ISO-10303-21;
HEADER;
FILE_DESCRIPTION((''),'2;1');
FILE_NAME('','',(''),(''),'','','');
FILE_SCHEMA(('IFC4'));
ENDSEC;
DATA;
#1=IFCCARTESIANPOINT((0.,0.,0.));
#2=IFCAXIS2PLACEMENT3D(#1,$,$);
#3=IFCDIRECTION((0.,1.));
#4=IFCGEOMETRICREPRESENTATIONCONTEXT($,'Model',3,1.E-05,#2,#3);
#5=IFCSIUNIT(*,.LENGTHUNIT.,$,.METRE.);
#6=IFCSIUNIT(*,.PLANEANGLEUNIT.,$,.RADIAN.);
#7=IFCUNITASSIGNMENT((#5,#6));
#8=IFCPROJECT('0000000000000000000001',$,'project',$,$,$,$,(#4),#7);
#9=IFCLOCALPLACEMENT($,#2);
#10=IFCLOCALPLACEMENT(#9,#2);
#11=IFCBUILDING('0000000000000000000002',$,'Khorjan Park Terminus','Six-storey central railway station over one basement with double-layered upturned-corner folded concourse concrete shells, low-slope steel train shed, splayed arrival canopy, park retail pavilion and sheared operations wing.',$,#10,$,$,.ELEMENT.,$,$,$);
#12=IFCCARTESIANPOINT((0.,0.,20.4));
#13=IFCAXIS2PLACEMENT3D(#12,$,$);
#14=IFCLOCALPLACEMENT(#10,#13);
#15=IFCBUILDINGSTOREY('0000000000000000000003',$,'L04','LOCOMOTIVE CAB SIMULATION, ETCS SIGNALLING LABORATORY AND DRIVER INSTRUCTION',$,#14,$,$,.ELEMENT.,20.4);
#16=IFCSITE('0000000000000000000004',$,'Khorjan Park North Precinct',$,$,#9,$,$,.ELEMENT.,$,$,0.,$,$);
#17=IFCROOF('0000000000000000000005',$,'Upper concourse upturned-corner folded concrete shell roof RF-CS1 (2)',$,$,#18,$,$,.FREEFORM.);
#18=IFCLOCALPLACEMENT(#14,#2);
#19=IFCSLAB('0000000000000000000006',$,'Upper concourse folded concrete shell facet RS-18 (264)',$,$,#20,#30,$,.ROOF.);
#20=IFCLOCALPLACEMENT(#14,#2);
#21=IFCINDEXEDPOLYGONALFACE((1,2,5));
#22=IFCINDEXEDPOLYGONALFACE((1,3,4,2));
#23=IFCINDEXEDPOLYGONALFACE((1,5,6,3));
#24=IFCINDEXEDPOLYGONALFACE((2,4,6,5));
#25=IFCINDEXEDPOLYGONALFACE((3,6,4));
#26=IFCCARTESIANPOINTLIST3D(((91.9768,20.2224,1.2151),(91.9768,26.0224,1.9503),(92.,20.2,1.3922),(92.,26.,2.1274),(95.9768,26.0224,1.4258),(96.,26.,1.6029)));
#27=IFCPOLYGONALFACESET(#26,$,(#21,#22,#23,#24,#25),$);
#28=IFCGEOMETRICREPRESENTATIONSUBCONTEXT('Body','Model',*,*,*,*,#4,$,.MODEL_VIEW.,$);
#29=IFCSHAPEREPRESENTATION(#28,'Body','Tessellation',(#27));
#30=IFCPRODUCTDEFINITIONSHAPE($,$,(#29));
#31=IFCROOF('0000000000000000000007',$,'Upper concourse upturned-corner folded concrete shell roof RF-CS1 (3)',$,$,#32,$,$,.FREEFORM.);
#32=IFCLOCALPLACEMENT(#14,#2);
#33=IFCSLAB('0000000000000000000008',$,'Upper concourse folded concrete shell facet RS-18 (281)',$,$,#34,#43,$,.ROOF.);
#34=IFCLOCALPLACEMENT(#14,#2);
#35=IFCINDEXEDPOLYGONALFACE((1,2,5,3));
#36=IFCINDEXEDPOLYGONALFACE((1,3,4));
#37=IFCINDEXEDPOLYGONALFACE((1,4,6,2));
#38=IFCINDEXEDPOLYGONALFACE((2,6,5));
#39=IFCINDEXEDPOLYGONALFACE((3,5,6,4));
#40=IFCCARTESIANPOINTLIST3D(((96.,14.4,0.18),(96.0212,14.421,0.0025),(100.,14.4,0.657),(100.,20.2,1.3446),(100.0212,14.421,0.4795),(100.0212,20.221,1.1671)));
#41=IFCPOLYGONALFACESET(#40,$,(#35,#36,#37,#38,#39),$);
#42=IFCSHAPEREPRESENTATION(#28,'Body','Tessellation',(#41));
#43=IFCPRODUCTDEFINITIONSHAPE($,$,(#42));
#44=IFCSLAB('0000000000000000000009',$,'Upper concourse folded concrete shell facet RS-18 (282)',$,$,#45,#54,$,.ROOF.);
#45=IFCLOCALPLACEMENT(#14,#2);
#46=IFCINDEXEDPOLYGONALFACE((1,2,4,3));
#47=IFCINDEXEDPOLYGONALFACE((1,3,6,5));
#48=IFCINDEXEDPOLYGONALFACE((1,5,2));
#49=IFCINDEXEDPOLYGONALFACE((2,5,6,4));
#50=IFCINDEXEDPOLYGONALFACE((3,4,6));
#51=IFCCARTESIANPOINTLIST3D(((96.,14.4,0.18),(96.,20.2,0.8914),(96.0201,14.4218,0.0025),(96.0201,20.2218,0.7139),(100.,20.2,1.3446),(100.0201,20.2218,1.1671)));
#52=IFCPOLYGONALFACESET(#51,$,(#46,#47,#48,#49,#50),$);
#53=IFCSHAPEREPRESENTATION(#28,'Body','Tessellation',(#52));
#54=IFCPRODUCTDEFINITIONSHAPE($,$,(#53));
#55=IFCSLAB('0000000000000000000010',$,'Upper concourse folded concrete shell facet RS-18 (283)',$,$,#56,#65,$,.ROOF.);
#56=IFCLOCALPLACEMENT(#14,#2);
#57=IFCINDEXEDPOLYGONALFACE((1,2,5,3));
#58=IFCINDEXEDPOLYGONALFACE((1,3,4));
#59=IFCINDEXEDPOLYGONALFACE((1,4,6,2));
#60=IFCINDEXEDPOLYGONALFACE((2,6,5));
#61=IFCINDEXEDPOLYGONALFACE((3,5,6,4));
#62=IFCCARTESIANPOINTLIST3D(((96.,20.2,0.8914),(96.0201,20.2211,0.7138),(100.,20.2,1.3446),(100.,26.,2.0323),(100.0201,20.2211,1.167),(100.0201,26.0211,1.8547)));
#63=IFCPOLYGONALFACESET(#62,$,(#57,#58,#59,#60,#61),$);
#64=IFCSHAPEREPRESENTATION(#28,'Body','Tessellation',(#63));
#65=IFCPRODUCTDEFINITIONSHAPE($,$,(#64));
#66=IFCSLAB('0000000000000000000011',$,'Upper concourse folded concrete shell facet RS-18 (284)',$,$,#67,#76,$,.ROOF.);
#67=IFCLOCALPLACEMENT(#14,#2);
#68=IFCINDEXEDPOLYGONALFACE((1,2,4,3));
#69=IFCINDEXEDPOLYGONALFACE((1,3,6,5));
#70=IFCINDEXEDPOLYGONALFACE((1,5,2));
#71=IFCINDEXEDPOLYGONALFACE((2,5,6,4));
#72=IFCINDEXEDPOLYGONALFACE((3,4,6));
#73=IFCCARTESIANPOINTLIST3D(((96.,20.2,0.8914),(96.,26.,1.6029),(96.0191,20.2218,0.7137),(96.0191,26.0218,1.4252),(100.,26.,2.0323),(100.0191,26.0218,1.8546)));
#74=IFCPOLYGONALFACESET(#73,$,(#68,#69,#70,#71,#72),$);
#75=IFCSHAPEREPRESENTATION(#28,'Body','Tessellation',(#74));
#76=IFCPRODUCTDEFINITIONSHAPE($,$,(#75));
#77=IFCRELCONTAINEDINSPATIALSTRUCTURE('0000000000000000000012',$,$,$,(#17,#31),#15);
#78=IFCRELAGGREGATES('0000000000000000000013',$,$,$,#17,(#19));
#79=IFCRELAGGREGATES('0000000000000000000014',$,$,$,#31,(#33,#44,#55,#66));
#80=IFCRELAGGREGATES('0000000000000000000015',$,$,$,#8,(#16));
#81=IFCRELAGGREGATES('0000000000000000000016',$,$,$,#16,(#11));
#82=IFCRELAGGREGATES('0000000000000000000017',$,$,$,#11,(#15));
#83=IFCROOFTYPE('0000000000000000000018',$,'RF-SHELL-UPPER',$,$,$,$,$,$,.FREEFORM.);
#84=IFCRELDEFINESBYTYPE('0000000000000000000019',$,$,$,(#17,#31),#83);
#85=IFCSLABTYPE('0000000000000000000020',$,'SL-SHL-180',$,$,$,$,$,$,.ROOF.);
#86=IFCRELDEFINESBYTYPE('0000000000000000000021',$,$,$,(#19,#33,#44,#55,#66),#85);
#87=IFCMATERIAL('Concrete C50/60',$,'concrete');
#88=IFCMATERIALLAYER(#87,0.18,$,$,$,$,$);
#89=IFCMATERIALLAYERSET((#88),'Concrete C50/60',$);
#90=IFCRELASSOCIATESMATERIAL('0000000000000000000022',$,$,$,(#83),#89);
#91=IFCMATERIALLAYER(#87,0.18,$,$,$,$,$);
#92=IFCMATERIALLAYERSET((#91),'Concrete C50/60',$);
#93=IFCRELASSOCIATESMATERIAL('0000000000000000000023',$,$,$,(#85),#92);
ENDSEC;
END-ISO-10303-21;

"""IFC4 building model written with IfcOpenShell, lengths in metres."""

from ifc_helpers import new_model, si_unit, direction, frame, origin, place, context, subcontext, project, spatial, polyline, outline, extrude, material, layer, layer_set, type_object, element, aggregate, save


model = new_model("IFC4")

# Units and contexts
model_context = context("Model", 3, precision=1e-05, world=origin(), true_north=direction((0.0, 1.0)))
body_context = subcontext(model_context, "Body", "Model", "MODEL_VIEW")
ifc_project = project(units=[si_unit("LENGTHUNIT", "METRE"), si_unit("PLANEANGLEUNIT", "RADIAN")], contexts=[model_context])

# Site, building, storey
site_placement = place(None, origin())
site = spatial("IfcSite", under=ifc_project, at=site_placement, Name="Khorjan Park North Precinct", CompositionType="ELEMENT", RefElevation=0.0)
building_placement = place(site_placement, origin())
building = spatial("IfcBuilding", under=site, at=building_placement, Name="Khorjan Park Terminus", Description="Six-storey central railway station over one basement with double-layered upturned-corner folded concourse concrete shells, low-slope steel train shed, splayed arrival canopy, park retail pavilion and sheared operations wing.", CompositionType="ELEMENT")
storey_placement = place(building_placement, frame((0.0, 0.0, 20.4)))
storey = spatial("IfcBuildingStorey", under=building, at=storey_placement, Name="L04", Description="LOCOMOTIVE CAB SIMULATION, ETCS SIGNALLING LABORATORY AND DRIVER INSTRUCTION", CompositionType="ELEMENT", Elevation=20.4)

# Roofs, slabs
ifc_material = material(Name="Concrete C50/60", Category="concrete")
ifc_layer_1 = layer(ifc_material, 0.18)
ifc_layer_set_1 = layer_set([ifc_layer_1], Name="Concrete C50/60")
roof_type = type_object("IfcRoofType", Name="RF-SHELL-UPPER", PredefinedType="FREEFORM", material=ifc_layer_set_1)
roof_1_placement = place(storey_placement, origin())
roof_1 = element("IfcRoof", 1, at=roof_1_placement, inside=storey, type_object=roof_type, Name="Upper concourse upturned-corner folded concrete shell roof RF-CS1 (2)", PredefinedType="FREEFORM")
ifc_layer_2 = layer(ifc_material, 0.18)
ifc_layer_set_2 = layer_set([ifc_layer_2], Name="Concrete C50/60")
slab_type = type_object("IfcSlabType", Name="SL-SHL-180", PredefinedType="ROOF", material=ifc_layer_set_2)
slab_1_placement = place(storey_placement, frame((92.0, 20.2, 1.3922), z_axis=(0.128997, -0.124702, 0.983773), x_axis=(0.567479, 0.822845, 0.029892)))
slab_1 = element("IfcSlab", 2, at=slab_1_placement, type_object=slab_type, Name="Upper concourse folded concrete shell facet RS-18 (264)", PredefinedType="ROOF", context=body_context, shape_type="SweptSolid", body=[
    extrude(outline(polyline([(0.0, 0.0), (7.0487, 0.0), (4.7945, 3.3457), (0.0, 0.0)])), origin(), (0.0, 0.0, -1.0), 0.18),
])
aggregate(roof_1, [slab_1])
roof_2_placement = place(storey_placement, origin())
roof_2 = element("IfcRoof", 3, at=roof_2_placement, inside=storey, type_object=roof_type, Name="Upper concourse upturned-corner folded concrete shell roof RF-CS1 (3)", PredefinedType="FREEFORM")
slab_2_placement = place(storey_placement, frame((96.0, 14.4, 0.18), z_axis=(-0.117599, -0.11691, 0.986155), x_axis=(0.992965, 0.0, 0.118411)))
slab_2 = element("IfcSlab", 4, at=slab_2_placement, type_object=slab_type, Name="Upper concourse folded concrete shell facet RS-18 (281)", PredefinedType="ROOF", context=body_context, shape_type="SweptSolid", body=[
    extrude(outline(polyline([(0.0, 0.0), (4.0283, 0.0), (4.1098, 5.84), (0.0, 0.0)])), origin(), (0.0, 0.0, -1.0), 0.18),
])
slab_3_placement = place(storey_placement, frame((96.0, 14.4, 0.18), z_axis=(-0.111753, -0.12098, 0.986344), x_axis=(0.560132, 0.812192, 0.163083)))
slab_3 = element("IfcSlab", 5, at=slab_3_placement, type_object=slab_type, Name="Upper concourse folded concrete shell facet RS-18 (282)", PredefinedType="ROOF", context=body_context, shape_type="SweptSolid", body=[
    extrude(outline(polyline([(0.0, 0.0), (7.1412, 0.0), (4.8267, 3.2937), (0.0, 0.0)])), origin(), (0.0, 0.0, -1.0), 0.18),
])
slab_4_placement = place(storey_placement, frame((96.0, 20.2, 0.8914), z_axis=(-0.111806, -0.117006, 0.986818), x_axis=(0.993643, 0.0, 0.11258)))
slab_4 = element("IfcSlab", 6, at=slab_4_placement, type_object=slab_type, Name="Upper concourse folded concrete shell facet RS-18 (283)", PredefinedType="ROOF", context=body_context, shape_type="SweptSolid", body=[
    extrude(outline(polyline([(0.0, 0.0), (4.0256, 0.0), (4.103, 5.8401), (0.0, 0.0)])), origin(), (0.0, 0.0, -1.0), 0.18),
])
slab_5_placement = place(storey_placement, frame((96.0, 20.2, 0.8914), z_axis=(-0.105952, -0.121074, 0.986973), x_axis=(0.560433, 0.812627, 0.159849)))
slab_5 = element("IfcSlab", 7, at=slab_5_placement, type_object=slab_type, Name="Upper concourse folded concrete shell facet RS-18 (284)", PredefinedType="ROOF", context=body_context, shape_type="SweptSolid", body=[
    extrude(outline(polyline([(0.0, 0.0), (7.1373, 0.0), (4.827, 3.2934), (0.0, 0.0)])), origin(), (0.0, 0.0, -1.0), 0.18),
])
aggregate(roof_2, [slab_2, slab_3, slab_4, slab_5])

save(model, "model.ifc")
